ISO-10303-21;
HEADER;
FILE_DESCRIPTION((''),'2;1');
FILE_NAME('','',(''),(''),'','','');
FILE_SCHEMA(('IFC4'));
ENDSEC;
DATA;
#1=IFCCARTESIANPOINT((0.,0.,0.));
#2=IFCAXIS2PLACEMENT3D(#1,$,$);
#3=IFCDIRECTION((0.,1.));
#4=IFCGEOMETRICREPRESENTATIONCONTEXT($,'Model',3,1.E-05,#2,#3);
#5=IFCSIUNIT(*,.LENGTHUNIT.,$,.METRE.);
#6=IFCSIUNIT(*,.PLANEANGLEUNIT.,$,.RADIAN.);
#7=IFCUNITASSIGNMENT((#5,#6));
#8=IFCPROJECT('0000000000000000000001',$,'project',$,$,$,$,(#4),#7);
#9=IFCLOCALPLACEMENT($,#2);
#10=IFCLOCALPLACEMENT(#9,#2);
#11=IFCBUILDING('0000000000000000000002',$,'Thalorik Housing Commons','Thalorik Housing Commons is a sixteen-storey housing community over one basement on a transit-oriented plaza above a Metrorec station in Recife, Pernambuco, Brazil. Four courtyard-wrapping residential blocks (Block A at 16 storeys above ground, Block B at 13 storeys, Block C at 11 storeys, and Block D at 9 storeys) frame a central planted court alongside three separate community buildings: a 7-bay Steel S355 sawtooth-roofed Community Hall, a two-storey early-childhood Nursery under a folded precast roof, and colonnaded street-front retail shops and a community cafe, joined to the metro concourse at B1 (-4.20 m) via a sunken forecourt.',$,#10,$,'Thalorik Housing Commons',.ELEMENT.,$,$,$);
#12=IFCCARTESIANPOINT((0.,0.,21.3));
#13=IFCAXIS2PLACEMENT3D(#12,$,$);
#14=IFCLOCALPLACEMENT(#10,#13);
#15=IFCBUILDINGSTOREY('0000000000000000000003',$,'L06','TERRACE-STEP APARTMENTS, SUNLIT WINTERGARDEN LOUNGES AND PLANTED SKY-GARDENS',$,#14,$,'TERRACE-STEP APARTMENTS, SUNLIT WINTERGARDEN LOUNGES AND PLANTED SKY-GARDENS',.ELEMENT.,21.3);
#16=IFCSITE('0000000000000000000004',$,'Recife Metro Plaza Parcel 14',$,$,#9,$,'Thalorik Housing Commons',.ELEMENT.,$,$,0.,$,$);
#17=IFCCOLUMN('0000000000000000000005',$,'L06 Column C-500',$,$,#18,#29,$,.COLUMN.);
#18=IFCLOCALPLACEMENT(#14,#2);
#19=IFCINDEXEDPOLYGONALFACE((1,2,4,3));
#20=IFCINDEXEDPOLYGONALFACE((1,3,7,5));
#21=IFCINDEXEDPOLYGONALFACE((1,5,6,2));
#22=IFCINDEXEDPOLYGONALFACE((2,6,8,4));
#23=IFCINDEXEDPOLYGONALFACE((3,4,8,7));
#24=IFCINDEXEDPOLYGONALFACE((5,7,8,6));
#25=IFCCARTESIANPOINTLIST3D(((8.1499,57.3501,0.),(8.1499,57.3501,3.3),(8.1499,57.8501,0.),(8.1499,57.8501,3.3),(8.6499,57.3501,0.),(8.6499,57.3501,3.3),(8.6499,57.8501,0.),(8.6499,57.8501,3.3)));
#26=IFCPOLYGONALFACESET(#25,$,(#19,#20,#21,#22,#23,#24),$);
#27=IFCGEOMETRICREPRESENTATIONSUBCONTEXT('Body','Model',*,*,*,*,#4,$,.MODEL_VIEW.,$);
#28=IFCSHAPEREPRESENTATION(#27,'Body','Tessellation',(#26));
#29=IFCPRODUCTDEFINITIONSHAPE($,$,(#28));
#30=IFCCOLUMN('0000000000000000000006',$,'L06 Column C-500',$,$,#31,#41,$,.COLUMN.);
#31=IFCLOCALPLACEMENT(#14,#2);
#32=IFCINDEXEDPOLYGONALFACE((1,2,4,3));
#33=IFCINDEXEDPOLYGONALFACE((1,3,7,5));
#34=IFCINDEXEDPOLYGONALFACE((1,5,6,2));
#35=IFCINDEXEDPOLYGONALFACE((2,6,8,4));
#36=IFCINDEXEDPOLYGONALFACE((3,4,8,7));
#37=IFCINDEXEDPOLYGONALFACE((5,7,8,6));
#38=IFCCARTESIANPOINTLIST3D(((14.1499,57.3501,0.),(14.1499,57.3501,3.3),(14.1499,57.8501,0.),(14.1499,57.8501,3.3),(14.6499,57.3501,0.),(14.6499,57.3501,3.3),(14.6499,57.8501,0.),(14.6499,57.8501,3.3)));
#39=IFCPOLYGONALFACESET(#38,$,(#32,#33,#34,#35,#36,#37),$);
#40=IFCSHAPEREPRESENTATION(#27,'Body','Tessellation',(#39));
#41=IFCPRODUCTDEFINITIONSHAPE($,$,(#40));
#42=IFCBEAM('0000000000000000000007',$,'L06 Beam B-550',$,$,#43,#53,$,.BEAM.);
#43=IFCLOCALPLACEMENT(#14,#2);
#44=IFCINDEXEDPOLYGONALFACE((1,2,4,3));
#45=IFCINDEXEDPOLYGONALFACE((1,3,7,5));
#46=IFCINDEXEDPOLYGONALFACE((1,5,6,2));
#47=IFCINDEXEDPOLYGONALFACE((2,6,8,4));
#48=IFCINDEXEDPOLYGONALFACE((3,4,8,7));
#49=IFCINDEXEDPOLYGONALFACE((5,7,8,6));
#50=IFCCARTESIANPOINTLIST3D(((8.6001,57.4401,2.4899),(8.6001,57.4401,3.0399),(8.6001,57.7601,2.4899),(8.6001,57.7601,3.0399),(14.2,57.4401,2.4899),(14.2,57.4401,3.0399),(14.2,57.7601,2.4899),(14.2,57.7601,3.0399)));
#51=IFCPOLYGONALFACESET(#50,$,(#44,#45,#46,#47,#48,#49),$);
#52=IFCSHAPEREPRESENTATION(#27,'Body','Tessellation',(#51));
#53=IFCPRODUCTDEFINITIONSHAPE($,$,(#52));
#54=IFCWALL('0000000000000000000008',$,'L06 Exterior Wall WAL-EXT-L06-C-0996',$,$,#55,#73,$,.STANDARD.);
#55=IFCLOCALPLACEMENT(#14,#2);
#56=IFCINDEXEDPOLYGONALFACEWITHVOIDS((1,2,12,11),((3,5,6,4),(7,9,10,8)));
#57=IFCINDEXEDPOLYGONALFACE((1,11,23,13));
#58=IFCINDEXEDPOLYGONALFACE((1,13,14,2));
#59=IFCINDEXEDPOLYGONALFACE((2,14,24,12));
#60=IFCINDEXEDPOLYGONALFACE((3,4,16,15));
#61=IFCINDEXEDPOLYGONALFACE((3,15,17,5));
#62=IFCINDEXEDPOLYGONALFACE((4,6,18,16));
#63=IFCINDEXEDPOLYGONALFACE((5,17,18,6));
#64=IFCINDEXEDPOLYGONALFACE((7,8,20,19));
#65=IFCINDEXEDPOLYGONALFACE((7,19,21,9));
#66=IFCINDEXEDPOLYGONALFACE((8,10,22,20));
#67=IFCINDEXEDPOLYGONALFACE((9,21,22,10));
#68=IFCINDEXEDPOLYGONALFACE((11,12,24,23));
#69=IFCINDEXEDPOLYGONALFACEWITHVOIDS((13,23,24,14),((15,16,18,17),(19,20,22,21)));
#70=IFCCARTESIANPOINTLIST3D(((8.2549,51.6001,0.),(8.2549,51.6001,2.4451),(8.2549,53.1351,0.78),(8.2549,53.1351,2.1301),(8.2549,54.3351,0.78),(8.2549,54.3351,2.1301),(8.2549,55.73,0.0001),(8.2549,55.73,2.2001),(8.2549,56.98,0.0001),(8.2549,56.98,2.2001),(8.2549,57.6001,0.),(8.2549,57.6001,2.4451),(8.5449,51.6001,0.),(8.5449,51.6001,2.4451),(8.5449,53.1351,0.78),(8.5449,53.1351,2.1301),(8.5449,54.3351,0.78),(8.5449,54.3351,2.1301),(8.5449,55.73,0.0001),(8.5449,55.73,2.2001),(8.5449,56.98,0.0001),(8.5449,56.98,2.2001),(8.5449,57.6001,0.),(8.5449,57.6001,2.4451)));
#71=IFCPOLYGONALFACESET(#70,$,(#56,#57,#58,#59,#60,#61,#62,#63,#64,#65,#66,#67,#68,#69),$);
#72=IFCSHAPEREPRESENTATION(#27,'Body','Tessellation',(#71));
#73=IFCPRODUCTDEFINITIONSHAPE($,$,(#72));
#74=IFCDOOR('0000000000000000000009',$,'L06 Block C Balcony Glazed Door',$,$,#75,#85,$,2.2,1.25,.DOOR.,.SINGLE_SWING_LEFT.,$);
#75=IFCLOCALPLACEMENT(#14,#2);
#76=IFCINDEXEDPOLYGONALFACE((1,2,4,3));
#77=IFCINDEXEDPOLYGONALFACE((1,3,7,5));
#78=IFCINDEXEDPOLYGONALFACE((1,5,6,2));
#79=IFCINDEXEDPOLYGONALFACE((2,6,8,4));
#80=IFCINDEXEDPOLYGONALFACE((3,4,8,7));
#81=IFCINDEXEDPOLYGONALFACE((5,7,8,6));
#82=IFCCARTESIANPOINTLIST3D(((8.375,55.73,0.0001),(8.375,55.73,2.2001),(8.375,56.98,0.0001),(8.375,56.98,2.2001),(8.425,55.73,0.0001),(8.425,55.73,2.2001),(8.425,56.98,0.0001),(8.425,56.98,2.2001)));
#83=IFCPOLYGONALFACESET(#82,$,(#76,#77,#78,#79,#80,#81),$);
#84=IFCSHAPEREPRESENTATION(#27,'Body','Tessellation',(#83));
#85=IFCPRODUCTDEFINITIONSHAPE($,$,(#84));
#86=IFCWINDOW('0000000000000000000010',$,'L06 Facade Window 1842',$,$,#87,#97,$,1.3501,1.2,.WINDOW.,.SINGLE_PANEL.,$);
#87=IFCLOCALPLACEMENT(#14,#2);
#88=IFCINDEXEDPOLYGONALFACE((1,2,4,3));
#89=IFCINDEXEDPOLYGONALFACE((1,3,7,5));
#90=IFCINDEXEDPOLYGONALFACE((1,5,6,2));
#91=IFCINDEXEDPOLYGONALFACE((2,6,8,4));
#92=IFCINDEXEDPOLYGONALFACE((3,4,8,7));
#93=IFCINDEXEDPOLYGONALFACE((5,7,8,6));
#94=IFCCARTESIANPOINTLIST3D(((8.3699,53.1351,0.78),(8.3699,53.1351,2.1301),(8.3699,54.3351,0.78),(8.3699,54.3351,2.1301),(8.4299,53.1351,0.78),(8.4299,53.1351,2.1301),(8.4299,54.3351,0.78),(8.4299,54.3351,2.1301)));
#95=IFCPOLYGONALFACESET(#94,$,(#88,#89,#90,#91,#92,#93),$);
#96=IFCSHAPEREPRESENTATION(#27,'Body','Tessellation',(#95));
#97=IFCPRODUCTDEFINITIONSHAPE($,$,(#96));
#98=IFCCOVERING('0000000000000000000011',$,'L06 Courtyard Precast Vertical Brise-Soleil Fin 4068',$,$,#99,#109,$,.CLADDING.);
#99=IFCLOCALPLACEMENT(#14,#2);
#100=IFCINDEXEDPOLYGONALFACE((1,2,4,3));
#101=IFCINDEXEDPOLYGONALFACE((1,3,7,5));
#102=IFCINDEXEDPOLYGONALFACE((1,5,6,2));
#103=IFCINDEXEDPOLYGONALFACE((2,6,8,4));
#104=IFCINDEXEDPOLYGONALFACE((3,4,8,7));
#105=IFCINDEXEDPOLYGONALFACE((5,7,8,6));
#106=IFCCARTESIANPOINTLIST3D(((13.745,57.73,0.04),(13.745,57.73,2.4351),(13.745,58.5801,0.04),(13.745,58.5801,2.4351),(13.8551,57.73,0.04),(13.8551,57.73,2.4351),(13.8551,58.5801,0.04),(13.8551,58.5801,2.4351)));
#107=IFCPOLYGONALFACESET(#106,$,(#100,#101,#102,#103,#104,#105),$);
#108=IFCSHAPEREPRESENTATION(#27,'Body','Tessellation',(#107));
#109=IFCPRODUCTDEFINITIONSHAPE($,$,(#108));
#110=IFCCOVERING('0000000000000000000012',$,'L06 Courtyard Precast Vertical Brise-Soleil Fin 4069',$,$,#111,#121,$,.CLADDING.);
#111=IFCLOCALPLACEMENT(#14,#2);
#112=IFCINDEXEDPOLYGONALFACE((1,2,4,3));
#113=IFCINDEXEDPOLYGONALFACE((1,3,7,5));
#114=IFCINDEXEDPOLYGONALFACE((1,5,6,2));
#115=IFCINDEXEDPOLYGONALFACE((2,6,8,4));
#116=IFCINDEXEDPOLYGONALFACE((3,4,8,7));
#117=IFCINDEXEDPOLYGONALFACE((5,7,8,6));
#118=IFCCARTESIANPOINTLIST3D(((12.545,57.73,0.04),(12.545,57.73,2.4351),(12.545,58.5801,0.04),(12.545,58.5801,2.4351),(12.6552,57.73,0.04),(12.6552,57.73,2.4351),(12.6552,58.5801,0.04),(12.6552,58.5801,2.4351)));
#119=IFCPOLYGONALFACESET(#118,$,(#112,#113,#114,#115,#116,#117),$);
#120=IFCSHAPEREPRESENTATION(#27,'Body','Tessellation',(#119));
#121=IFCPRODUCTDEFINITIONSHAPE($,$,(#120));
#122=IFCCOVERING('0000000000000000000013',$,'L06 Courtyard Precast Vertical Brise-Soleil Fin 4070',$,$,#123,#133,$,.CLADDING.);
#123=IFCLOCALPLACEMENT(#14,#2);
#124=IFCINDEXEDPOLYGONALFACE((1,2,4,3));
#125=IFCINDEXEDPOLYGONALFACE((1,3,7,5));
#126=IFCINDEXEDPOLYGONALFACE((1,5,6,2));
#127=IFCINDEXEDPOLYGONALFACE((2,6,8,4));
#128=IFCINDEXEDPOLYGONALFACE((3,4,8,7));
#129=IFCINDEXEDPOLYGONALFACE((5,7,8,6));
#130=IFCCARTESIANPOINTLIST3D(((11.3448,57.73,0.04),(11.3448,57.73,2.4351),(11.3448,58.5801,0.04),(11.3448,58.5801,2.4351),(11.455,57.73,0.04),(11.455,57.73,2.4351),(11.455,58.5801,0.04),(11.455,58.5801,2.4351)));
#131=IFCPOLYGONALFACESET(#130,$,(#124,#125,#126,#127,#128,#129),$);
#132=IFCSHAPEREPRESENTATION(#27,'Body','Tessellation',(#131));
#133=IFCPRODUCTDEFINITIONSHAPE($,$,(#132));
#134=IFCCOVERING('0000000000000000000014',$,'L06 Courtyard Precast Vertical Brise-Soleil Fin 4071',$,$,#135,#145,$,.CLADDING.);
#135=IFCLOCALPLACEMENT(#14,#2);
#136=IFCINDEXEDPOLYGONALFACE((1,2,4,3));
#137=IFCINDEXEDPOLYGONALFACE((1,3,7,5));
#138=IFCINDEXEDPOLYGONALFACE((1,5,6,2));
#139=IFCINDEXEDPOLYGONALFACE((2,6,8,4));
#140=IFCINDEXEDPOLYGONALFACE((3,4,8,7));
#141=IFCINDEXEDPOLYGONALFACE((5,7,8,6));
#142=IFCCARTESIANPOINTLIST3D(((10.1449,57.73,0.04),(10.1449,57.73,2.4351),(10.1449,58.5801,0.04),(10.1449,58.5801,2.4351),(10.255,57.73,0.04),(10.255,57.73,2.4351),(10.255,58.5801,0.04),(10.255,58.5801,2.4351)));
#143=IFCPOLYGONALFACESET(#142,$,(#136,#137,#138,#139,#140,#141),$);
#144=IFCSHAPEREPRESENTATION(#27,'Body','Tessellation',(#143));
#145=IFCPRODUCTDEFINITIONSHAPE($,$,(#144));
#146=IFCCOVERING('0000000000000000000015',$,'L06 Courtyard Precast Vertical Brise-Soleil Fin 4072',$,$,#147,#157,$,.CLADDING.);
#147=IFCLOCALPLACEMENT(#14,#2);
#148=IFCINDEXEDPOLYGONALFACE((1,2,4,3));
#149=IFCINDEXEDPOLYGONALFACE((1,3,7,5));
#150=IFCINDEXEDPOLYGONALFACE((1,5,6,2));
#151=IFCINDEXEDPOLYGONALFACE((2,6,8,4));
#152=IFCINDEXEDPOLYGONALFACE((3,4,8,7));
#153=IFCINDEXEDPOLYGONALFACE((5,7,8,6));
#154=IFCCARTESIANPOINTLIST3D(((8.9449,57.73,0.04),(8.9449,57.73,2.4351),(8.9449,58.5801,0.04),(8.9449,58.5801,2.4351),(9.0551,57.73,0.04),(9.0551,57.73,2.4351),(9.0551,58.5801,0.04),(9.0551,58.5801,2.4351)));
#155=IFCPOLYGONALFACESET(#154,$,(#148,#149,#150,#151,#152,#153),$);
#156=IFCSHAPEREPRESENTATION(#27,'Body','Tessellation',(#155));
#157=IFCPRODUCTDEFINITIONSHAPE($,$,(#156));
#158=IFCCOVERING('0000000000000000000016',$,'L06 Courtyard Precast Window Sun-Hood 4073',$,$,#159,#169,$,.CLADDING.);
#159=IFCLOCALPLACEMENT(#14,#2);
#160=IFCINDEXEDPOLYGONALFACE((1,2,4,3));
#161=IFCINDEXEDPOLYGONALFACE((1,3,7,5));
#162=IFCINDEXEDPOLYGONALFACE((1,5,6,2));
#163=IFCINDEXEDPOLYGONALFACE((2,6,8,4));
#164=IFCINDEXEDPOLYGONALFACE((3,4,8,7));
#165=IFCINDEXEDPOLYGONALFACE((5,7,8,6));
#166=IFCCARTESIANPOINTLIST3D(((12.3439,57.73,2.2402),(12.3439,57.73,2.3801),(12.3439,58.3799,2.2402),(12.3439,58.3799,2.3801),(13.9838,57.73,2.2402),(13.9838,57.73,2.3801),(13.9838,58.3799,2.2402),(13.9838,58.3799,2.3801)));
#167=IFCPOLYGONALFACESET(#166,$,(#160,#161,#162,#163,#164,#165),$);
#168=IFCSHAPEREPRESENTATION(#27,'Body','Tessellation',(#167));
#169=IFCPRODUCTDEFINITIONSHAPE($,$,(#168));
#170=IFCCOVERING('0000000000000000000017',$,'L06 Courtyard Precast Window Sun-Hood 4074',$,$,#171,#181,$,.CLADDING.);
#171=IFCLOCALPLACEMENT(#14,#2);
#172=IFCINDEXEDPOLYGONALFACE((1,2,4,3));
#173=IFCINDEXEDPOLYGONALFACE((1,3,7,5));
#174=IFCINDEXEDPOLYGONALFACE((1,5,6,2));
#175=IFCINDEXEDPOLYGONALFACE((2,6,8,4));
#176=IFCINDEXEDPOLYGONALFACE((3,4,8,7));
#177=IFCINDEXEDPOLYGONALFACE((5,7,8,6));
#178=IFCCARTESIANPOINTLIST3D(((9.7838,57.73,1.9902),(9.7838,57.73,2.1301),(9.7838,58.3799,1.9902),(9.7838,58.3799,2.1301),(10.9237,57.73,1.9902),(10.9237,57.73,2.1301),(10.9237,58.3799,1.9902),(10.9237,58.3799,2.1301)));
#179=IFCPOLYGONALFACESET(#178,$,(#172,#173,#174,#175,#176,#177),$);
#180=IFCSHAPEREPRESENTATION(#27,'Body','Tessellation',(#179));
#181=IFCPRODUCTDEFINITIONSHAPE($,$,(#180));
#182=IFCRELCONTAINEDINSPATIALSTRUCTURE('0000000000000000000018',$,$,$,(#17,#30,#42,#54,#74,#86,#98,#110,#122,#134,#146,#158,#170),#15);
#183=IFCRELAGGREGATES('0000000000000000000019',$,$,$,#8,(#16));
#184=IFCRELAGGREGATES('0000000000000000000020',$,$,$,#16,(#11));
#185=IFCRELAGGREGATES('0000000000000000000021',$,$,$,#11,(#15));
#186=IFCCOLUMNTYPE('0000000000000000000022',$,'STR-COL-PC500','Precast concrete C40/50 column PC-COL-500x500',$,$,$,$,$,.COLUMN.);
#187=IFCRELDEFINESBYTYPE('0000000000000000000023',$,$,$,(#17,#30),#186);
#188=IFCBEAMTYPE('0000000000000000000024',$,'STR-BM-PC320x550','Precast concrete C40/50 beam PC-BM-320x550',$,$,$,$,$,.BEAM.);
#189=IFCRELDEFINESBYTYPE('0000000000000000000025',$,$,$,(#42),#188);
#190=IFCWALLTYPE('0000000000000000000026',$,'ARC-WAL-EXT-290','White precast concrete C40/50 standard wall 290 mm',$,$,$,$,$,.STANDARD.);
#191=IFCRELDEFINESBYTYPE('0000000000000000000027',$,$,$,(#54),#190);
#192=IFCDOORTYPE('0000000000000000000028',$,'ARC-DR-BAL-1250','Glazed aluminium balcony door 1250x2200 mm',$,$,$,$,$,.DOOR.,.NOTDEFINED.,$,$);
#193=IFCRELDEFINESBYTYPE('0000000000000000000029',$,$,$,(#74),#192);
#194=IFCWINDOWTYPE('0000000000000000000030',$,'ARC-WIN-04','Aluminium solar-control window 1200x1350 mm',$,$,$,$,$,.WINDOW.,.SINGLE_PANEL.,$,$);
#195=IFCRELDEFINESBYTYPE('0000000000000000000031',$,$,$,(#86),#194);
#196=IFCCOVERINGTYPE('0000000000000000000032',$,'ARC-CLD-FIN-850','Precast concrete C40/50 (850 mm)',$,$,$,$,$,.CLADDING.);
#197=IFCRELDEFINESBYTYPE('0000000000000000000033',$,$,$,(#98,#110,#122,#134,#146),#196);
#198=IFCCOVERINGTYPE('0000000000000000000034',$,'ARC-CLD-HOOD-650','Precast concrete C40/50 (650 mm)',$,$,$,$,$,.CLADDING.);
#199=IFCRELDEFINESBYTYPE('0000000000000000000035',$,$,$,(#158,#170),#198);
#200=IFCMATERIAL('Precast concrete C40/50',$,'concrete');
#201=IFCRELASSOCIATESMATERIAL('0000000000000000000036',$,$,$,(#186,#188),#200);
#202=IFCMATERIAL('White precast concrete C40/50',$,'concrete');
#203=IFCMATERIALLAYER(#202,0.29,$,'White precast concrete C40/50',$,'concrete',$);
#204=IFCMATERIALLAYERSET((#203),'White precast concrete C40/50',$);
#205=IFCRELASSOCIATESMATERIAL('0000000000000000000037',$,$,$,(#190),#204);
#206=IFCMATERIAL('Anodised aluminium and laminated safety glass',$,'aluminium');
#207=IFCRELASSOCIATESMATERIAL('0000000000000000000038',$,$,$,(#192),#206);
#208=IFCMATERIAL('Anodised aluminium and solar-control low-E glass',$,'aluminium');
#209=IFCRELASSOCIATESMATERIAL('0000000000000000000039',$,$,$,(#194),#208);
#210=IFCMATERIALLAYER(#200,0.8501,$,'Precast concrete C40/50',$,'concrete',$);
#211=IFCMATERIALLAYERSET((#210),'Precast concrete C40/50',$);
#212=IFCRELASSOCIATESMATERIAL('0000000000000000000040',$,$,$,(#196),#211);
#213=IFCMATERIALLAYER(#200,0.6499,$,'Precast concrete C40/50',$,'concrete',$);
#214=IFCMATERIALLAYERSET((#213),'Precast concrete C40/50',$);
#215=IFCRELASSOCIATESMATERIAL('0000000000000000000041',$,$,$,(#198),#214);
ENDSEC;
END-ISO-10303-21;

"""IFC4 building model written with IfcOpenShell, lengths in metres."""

from ifc_helpers import new_model, si_unit, direction, frame, frame_2d, origin, origin_2d, place, context, subcontext, project, spatial, rectangle, extrude, material, layer, layer_set, material_profile, profile_set, type_object, element, fill, save


model = new_model("IFC4")

# Units and contexts
model_context = context("Model", 3, precision=1e-05, world=origin(), true_north=direction((0.0, 1.0)))
body_context = subcontext(model_context, "Body", "Model", "MODEL_VIEW")
ifc_project = project(units=[si_unit("LENGTHUNIT", "METRE"), si_unit("PLANEANGLEUNIT", "RADIAN")], contexts=[model_context])

# Site, building, storey
site_placement = place(None, origin())
site = spatial("IfcSite", under=ifc_project, at=site_placement, Name="Recife Metro Plaza Parcel 14", LongName="Thalorik Housing Commons", CompositionType="ELEMENT", RefElevation=0.0)
building_placement = place(site_placement, origin())
building = spatial("IfcBuilding", under=site, at=building_placement, Name="Thalorik Housing Commons", Description="Thalorik Housing Commons is a sixteen-storey housing community over one basement on a transit-oriented plaza above a Metrorec station in Recife, Pernambuco, Brazil. Four courtyard-wrapping residential blocks (Block A at 16 storeys above ground, Block B at 13 storeys, Block C at 11 storeys, and Block D at 9 storeys) frame a central planted court alongside three separate community buildings: a 7-bay Steel S355 sawtooth-roofed Community Hall, a two-storey early-childhood Nursery under a folded precast roof, and colonnaded street-front retail shops and a community cafe, joined to the metro concourse at B1 (-4.20 m) via a sunken forecourt.", LongName="Thalorik Housing Commons", CompositionType="ELEMENT")
storey_placement = place(building_placement, frame((0.0, 0.0, 21.3)))
storey = spatial("IfcBuildingStorey", under=building, at=storey_placement, Name="L06", Description="TERRACE-STEP APARTMENTS, SUNLIT WINTERGARDEN LOUNGES AND PLANTED SKY-GARDENS", LongName="TERRACE-STEP APARTMENTS, SUNLIT WINTERGARDEN LOUNGES AND PLANTED SKY-GARDENS", CompositionType="ELEMENT", Elevation=21.3)

# Columns
ifc_material_1 = material(Name="Precast concrete C40/50", Category="concrete")
ifc_material_profile_1 = material_profile(ifc_material_1, rectangle(XDim=0.5, YDim=0.5, at=origin_2d()), Name="PC 500x500", Category="concrete")
ifc_profile_set_1 = profile_set([ifc_material_profile_1], Name="Precast concrete C40/50")
column_type = type_object("IfcColumnType", Name="STR-COL-PC500", Description="Precast concrete C40/50 column PC-COL-500x500", PredefinedType="COLUMN", material=ifc_profile_set_1)
for number, where, z_axis, x_axis, name in (
    (1, (8.3999, 57.6001, 0.0), (0.0, 0.0, 1.0), (1.0, 0.0, 0.0), "L06 Column C-500"),
    (2, (14.3999, 57.6001, 0.0), (0.0, 0.0, 1.0), (1.0, 0.0, 0.0), "L06 Column C-500"),
):
    element("IfcColumn", number, at=place(storey_placement, frame(where, z_axis=z_axis, x_axis=x_axis)), inside=storey, type_object=column_type, Name=name, PredefinedType="COLUMN", context=body_context, shape_type="SweptSolid", body=[
        extrude(rectangle(XDim=0.5, YDim=0.5, at=origin_2d()), origin(), (0.0, 0.0, 1.0), 3.3),
    ])

# Beam
ifc_material_profile_2 = material_profile(ifc_material_1, rectangle(XDim=0.3201, YDim=0.55, at=origin_2d()), Name="PC 320x550", Category="concrete")
ifc_profile_set_2 = profile_set([ifc_material_profile_2], Name="Precast concrete C40/50")
beam_type = type_object("IfcBeamType", Name="STR-BM-PC320x550", Description="Precast concrete C40/50 beam PC-BM-320x550", PredefinedType="BEAM", material=ifc_profile_set_2)
beam_placement = place(storey_placement, frame((8.6001, 57.6001, 2.7649), z_axis=(1.0, 0.0, 0.0), x_axis=(0.0, 1.0, 0.0)))
element("IfcBeam", 3, at=beam_placement, inside=storey, type_object=beam_type, Name="L06 Beam B-550", PredefinedType="BEAM", context=body_context, shape_type="SweptSolid", body=[
    extrude(rectangle(XDim=0.3201, YDim=0.55, at=origin_2d()), origin(), (0.0, 0.0, 1.0), 5.5999),
])

# Wall, openings, door, window
ifc_material_2 = material(Name="White precast concrete C40/50", Category="concrete")
ifc_layer_1 = layer(ifc_material_2, 0.29, Name="White precast concrete C40/50", Category="concrete")
ifc_layer_set_1 = layer_set([ifc_layer_1], Name="White precast concrete C40/50")
wall_type = type_object("IfcWallType", Name="ARC-WAL-EXT-290", Description="White precast concrete C40/50 standard wall 290 mm", PredefinedType="STANDARD", material=ifc_layer_set_1)
wall_placement = place(storey_placement, frame((8.3999, 57.6001, 0.0), z_axis=(0.0, 0.0, 1.0), x_axis=(0.0, -1.0, 0.0)))
wall = element("IfcWall", 4, at=wall_placement, inside=storey, type_object=wall_type, Name="L06 Exterior Wall WAL-EXT-L06-C-0996", PredefinedType="STANDARD", context=body_context, shape_type="SweptSolid", body=[
    extrude(rectangle(XDim=6.0, YDim=0.29, at=frame_2d((3.0, 0.0))), origin(), (0.0, 0.0, 1.0), 2.4451),
])
opening_1_placement = place(wall_placement, frame((0.6201, 0.0, 0.0)))
opening_1 = element("IfcOpeningElement", 5, at=opening_1_placement, cuts=wall, PredefinedType="OPENING", context=body_context, shape_type="SweptSolid", body=[
    extrude(rectangle(XDim=1.25, YDim=2.2, at=frame_2d((0.625, 1.1001))), frame((0.0, 0.155, 0.0), z_axis=(0.0, -1.0, 0.0), x_axis=(1.0, 0.0, 0.0)), (0.0, 0.0, 1.0), 0.3101),
])
opening_2_placement = place(wall_placement, frame((3.2649, 0.0, 0.78)))
opening_2 = element("IfcOpeningElement", 6, at=opening_2_placement, cuts=wall, PredefinedType="OPENING", context=body_context, shape_type="SweptSolid", body=[
    extrude(rectangle(XDim=1.2, YDim=1.3501, at=frame_2d((0.6001, 0.675))), frame((0.0, 0.155, 0.0), z_axis=(0.0, -1.0, 0.0), x_axis=(1.0, 0.0, 0.0)), (0.0, 0.0, 1.0), 0.3101),
])
ifc_material_3 = material(Name="Anodised aluminium and laminated safety glass", Category="aluminium")
door_type = type_object("IfcDoorType", Name="ARC-DR-BAL-1250", Description="Glazed aluminium balcony door 1250x2200 mm", OperationType="NOTDEFINED", PredefinedType="DOOR", material=ifc_material_3)
door_placement = place(opening_1_placement, frame((1.25, 0.0, 0.0), z_axis=(0.0, 0.0, 1.0), x_axis=(-1.0, 0.0, 0.0)))
door = element("IfcDoor", 7, at=door_placement, inside=storey, type_object=door_type, Name="L06 Block C Balcony Glazed Door", OperationType="SINGLE_SWING_LEFT", OverallHeight=2.2, OverallWidth=1.25, PredefinedType="DOOR", context=body_context, shape_type="SweptSolid", body=[
    extrude(rectangle(XDim=1.25, YDim=2.2, at=frame_2d((0.625, 1.1001))), frame((0.0, 0.0249, 0.0), z_axis=(0.0, -1.0, 0.0), x_axis=(1.0, 0.0, 0.0)), (0.0, 0.0, 1.0), 0.05),
])
fill(opening_1, door)
ifc_material_4 = material(Name="Anodised aluminium and solar-control low-E glass", Category="aluminium")
window_type = type_object("IfcWindowType", Name="ARC-WIN-04", Description="Aluminium solar-control window 1200x1350 mm", PartitioningType="SINGLE_PANEL", PredefinedType="WINDOW", material=ifc_material_4)
window_placement = place(opening_2_placement, origin())
window = element("IfcWindow", 8, at=window_placement, inside=storey, type_object=window_type, Name="L06 Facade Window 1842", OverallHeight=1.3501, OverallWidth=1.2, PartitioningType="SINGLE_PANEL", PredefinedType="WINDOW", context=body_context, shape_type="SweptSolid", body=[
    extrude(rectangle(XDim=1.2, YDim=1.3501, at=frame_2d((0.6001, 0.675))), frame((0.0, 0.03, 0.0), z_axis=(0.0, -1.0, 0.0), x_axis=(1.0, 0.0, 0.0)), (0.0, 0.0, 1.0), 0.0601),
])
fill(opening_2, window)

# Coverings
ifc_layer_2 = layer(ifc_material_1, 0.8501, Name="Precast concrete C40/50", Category="concrete")
ifc_layer_set_2 = layer_set([ifc_layer_2], Name="Precast concrete C40/50")
covering_type_1 = type_object("IfcCoveringType", Name="ARC-CLD-FIN-850", Description="Precast concrete C40/50 (850 mm)", PredefinedType="CLADDING", material=ifc_layer_set_2)
for number, where, z_axis, x_axis, name in (
    (9, (13.8, 58.155, 0.04), (0.0, 0.0, 1.0), (-1.0, 0.0, 0.0), "L06 Courtyard Precast Vertical Brise-Soleil Fin 4068"),
    (10, (12.6001, 58.155, 0.04), (0.0, 0.0, 1.0), (-1.0, 0.0, 0.0), "L06 Courtyard Precast Vertical Brise-Soleil Fin 4069"),
    (11, (11.3999, 58.155, 0.04), (0.0, 0.0, 1.0), (-1.0, 0.0, 0.0), "L06 Courtyard Precast Vertical Brise-Soleil Fin 4070"),
    (12, (10.2, 58.155, 0.04), (0.0, 0.0, 1.0), (-1.0, 0.0, 0.0), "L06 Courtyard Precast Vertical Brise-Soleil Fin 4071"),
    (13, (9.0, 58.155, 0.04), (0.0, 0.0, 1.0), (-1.0, 0.0, 0.0), "L06 Courtyard Precast Vertical Brise-Soleil Fin 4072"),
):
    element("IfcCovering", number, at=place(storey_placement, frame(where, z_axis=z_axis, x_axis=x_axis)), inside=storey, type_object=covering_type_1, Name=name, PredefinedType="CLADDING", context=body_context, shape_type="SweptSolid", body=[
        extrude(rectangle(XDim=0.1101, YDim=0.8501, at=origin_2d()), origin(), (0.0, 0.0, 1.0), 2.395),
    ])
ifc_layer_3 = layer(ifc_material_1, 0.6499, Name="Precast concrete C40/50", Category="concrete")
ifc_layer_set_3 = layer_set([ifc_layer_3], Name="Precast concrete C40/50")
covering_type_2 = type_object("IfcCoveringType", Name="ARC-CLD-HOOD-650", Description="Precast concrete C40/50 (650 mm)", PredefinedType="CLADDING", material=ifc_layer_set_3)
covering_1_placement = place(storey_placement, frame((13.1638, 58.0549, 2.2402), z_axis=(0.0, 0.0, 1.0), x_axis=(-1.0, 0.0, 0.0)))
element("IfcCovering", 14, at=covering_1_placement, inside=storey, type_object=covering_type_2, Name="L06 Courtyard Precast Window Sun-Hood 4073", PredefinedType="CLADDING", context=body_context, shape_type="SweptSolid", body=[
    extrude(rectangle(XDim=1.6399, YDim=0.6499, at=origin_2d()), origin(), (0.0, 0.0, 1.0), 0.1399),
])
covering_2_placement = place(storey_placement, frame((10.3538, 58.0549, 1.9902), z_axis=(0.0, 0.0, 1.0), x_axis=(-1.0, 0.0, 0.0)))
element("IfcCovering", 15, at=covering_2_placement, inside=storey, type_object=covering_type_2, Name="L06 Courtyard Precast Window Sun-Hood 4074", PredefinedType="CLADDING", context=body_context, shape_type="SweptSolid", body=[
    extrude(rectangle(XDim=1.1399, YDim=0.6499, at=origin_2d()), origin(), (0.0, 0.0, 1.0), 0.1399),
])

save(model, "model.ifc")
